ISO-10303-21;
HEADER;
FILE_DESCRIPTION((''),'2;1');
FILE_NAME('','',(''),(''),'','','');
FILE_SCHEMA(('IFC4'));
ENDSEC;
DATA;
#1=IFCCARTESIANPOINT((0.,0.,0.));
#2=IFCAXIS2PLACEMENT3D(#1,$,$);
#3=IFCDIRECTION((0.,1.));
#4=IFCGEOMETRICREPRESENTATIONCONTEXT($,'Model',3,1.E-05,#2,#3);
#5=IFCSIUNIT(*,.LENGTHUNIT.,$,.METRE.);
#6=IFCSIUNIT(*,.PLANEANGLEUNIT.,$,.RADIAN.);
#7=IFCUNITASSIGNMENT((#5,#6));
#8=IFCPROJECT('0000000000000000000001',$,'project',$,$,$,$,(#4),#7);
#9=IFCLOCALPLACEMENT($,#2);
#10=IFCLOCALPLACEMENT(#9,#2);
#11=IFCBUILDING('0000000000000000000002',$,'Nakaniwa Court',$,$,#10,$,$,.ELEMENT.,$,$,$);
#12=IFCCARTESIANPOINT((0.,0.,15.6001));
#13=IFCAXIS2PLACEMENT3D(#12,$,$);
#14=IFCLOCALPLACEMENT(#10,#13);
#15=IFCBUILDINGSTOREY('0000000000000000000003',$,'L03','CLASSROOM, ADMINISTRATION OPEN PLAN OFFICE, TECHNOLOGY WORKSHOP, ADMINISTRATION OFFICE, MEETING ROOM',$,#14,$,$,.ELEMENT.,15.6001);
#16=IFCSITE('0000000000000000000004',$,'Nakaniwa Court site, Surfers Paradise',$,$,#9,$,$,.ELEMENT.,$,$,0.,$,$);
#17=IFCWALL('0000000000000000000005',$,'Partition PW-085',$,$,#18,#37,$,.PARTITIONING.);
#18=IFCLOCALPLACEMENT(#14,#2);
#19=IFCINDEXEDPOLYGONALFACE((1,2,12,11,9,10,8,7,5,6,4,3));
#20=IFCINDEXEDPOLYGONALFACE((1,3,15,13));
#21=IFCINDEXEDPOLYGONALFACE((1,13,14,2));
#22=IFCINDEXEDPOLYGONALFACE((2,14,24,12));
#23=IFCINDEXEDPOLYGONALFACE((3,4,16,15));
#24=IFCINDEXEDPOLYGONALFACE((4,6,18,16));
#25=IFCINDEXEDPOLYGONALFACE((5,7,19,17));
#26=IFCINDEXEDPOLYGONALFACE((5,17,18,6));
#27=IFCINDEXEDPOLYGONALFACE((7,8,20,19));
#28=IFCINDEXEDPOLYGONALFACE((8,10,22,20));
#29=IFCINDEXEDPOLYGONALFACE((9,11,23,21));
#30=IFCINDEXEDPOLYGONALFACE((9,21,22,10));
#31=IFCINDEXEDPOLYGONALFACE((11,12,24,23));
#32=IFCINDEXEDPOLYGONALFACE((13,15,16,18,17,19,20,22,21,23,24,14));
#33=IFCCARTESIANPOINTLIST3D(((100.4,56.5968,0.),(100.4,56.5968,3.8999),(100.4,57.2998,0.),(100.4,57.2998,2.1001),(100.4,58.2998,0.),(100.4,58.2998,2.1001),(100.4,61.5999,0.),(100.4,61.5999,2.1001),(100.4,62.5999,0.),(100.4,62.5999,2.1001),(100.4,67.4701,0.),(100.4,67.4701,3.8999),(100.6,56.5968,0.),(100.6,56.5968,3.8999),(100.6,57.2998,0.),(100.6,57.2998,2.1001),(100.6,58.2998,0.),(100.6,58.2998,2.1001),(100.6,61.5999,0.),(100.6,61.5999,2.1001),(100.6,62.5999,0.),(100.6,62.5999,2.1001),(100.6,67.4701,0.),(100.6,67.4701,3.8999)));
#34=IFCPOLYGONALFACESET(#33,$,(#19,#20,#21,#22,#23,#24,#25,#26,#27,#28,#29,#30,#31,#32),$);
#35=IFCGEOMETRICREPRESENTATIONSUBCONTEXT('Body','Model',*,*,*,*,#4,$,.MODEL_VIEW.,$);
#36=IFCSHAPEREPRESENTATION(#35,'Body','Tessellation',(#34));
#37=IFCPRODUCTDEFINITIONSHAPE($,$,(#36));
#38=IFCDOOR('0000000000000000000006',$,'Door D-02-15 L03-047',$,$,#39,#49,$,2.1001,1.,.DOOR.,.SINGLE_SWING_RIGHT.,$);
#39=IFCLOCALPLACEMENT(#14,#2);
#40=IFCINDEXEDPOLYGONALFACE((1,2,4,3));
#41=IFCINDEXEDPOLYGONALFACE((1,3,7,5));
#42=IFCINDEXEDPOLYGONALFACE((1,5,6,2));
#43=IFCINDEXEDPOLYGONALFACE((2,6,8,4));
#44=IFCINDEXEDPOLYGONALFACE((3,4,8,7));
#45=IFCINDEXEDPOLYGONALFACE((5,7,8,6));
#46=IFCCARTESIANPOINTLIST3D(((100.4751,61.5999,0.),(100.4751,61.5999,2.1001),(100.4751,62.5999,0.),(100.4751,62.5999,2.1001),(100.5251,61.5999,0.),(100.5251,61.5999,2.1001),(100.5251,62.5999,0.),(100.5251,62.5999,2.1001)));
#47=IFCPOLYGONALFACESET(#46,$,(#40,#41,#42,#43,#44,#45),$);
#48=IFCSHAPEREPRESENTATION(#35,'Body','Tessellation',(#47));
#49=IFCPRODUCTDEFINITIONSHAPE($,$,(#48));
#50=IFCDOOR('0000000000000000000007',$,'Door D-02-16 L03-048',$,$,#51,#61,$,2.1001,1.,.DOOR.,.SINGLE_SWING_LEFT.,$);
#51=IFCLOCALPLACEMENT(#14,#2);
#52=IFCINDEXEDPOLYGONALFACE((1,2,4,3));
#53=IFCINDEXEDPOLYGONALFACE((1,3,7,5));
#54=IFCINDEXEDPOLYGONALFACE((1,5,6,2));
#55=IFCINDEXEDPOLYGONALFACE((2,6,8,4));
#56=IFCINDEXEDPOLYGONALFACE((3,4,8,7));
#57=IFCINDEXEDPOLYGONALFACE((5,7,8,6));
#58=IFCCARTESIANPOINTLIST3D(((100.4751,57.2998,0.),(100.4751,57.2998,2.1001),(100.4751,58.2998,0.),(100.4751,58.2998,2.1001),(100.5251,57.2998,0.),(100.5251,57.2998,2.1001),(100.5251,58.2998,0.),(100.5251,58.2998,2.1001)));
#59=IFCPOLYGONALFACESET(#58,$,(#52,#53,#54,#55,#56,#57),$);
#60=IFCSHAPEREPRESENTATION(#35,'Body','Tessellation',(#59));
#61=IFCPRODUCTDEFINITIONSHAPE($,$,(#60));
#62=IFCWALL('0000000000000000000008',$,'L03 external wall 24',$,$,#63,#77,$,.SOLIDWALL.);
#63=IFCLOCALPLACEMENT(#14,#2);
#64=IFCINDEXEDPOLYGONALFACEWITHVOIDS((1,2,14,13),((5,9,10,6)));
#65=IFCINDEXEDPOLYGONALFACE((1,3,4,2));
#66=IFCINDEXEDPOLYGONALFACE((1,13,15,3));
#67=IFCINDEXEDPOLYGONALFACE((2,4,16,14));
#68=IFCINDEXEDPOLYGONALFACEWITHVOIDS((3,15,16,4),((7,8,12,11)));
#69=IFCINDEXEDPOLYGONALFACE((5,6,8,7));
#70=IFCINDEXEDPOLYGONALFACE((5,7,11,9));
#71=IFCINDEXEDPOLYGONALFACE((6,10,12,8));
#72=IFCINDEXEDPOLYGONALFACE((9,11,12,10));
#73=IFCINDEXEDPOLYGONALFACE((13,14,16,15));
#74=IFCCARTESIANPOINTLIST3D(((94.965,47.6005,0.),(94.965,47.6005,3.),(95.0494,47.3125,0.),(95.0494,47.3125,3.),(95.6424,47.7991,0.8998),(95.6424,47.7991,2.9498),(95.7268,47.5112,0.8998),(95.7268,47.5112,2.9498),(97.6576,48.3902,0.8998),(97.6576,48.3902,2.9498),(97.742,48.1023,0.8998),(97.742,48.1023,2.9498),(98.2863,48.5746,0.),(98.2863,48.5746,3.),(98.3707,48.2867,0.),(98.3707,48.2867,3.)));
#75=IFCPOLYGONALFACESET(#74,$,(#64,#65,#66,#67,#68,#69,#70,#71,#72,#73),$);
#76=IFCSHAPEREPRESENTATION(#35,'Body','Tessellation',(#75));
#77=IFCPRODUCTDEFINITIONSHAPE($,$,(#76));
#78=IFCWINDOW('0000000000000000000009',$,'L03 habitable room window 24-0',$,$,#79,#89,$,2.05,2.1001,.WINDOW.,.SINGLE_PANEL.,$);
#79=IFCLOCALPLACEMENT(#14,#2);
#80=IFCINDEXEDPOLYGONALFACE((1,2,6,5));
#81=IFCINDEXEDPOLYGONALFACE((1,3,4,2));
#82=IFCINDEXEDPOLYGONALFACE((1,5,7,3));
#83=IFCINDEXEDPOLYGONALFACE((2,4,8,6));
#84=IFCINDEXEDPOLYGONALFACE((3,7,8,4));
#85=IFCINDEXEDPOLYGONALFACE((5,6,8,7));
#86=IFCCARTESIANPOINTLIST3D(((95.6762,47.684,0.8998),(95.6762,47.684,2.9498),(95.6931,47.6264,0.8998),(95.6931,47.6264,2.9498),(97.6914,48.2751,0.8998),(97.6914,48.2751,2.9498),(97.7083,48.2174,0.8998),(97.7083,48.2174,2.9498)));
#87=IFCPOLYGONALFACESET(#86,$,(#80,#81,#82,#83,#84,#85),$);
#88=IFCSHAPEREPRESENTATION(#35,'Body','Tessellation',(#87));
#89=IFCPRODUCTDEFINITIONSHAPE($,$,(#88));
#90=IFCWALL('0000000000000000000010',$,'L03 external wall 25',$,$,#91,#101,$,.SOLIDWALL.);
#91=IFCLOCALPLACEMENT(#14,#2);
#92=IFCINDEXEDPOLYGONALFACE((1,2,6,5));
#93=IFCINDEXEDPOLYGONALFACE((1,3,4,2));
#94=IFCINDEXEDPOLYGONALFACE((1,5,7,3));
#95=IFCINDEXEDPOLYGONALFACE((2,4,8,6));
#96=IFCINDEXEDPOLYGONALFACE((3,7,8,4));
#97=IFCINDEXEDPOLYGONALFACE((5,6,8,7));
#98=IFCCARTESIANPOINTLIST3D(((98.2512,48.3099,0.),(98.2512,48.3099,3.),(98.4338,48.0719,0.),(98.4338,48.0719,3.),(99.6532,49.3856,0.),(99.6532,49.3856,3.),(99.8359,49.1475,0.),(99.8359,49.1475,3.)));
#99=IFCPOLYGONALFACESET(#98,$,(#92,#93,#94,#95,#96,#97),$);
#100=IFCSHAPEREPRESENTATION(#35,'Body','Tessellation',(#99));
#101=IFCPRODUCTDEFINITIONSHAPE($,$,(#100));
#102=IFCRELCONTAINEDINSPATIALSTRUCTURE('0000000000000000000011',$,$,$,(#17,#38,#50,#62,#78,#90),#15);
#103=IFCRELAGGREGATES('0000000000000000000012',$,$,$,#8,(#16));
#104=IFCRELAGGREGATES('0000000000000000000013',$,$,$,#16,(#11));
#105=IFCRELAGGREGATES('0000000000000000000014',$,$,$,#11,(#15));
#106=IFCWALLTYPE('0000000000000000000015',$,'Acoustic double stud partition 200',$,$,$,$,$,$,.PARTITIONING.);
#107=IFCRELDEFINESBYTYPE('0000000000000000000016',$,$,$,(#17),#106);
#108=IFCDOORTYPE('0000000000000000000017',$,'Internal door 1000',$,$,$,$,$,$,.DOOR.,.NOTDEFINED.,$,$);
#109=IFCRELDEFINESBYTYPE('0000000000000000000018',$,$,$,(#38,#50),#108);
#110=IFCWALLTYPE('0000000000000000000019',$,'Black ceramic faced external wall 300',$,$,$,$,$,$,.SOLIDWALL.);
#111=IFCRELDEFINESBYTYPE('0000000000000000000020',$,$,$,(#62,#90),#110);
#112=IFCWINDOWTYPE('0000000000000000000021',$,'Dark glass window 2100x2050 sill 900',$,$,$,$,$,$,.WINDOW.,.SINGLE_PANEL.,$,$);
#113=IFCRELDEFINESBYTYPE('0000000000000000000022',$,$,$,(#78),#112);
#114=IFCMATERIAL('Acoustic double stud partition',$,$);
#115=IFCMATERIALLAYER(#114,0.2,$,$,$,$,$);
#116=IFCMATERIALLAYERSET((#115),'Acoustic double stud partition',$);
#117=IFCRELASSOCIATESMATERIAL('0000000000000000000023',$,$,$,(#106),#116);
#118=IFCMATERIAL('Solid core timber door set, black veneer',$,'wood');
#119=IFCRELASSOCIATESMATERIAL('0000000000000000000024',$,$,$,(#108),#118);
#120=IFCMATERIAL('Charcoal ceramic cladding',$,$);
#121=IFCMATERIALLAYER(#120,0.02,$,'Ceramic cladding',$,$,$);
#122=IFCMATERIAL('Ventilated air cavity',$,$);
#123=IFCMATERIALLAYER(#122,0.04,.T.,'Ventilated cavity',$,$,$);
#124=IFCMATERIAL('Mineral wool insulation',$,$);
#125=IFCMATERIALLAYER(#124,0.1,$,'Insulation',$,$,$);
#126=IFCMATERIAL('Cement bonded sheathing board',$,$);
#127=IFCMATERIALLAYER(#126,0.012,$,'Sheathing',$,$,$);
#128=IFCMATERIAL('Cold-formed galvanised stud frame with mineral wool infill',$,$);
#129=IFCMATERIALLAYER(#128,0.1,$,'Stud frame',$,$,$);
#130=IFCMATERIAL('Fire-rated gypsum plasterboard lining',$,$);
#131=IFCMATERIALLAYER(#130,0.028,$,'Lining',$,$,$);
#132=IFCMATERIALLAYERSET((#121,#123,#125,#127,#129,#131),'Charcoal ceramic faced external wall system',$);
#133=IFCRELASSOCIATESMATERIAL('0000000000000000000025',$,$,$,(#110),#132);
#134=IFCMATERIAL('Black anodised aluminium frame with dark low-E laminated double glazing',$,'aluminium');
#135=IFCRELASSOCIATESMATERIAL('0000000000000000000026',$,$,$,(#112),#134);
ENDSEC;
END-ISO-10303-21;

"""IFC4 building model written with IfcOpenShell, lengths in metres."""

from ifc_helpers import new_model, si_unit, direction, frame, frame_2d, origin, place, context, subcontext, project, spatial, rectangle, extrude, material, layer, layer_set, type_object, element, fill, save


model = new_model("IFC4")

# Units and contexts
model_context = context("Model", 3, precision=1e-05, world=origin(), true_north=direction((0.0, 1.0)))
body_context = subcontext(model_context, "Body", "Model", "MODEL_VIEW")
ifc_project = project(units=[si_unit("LENGTHUNIT", "METRE"), si_unit("PLANEANGLEUNIT", "RADIAN")], contexts=[model_context])

# Site, building, storey
site_placement = place(None, origin())
site = spatial("IfcSite", under=ifc_project, at=site_placement, Name="Nakaniwa Court site, Surfers Paradise", CompositionType="ELEMENT", RefElevation=0.0)
building_placement = place(site_placement, origin())
building = spatial("IfcBuilding", under=site, at=building_placement, Name="Nakaniwa Court", CompositionType="ELEMENT")
storey_placement = place(building_placement, frame((0.0, 0.0, 15.6001)))
storey = spatial("IfcBuildingStorey", under=building, at=storey_placement, Name="L03", Description="CLASSROOM, ADMINISTRATION OPEN PLAN OFFICE, TECHNOLOGY WORKSHOP, ADMINISTRATION OFFICE, MEETING ROOM", CompositionType="ELEMENT", Elevation=15.6001)

# Shared definitions
ifc_material_1 = material(Name="Black anodised aluminium frame with dark low-E laminated double glazing", Category="aluminium")

# Wall, openings, doors
ifc_material_2 = material(Name="Acoustic double stud partition")
ifc_layer_1 = layer(ifc_material_2, 0.2)
ifc_layer_set_1 = layer_set([ifc_layer_1], Name="Acoustic double stud partition")
wall_type_1 = type_object("IfcWallType", Name="Acoustic double stud partition 200", PredefinedType="PARTITIONING", material=ifc_layer_set_1)
wall_1_placement = place(storey_placement, frame((100.5, 56.5969, 0.0), z_axis=(0.0, 0.0, 1.0), x_axis=(0.0, 1.0, 0.0)))
wall_1 = element("IfcWall", 1, at=wall_1_placement, inside=storey, type_object=wall_type_1, Name="Partition PW-085", PredefinedType="PARTITIONING", context=body_context, shape_type="SweptSolid", body=[
    extrude(rectangle(XDim=10.8733, YDim=0.2, at=frame_2d((5.4365, 0.0))), origin(), (0.0, 0.0, 1.0), 3.8999),
])
opening_1_placement = place(wall_1_placement, frame((5.0029, 0.0, 0.0)))
opening_1 = element("IfcOpeningElement", 2, at=opening_1_placement, cuts=wall_1, PredefinedType="OPENING", context=body_context, shape_type="SweptSolid", body=[
    extrude(rectangle(XDim=1.0, YDim=2.1001, at=frame_2d((0.5, 1.05))), frame((0.0, 0.1099, 0.0), z_axis=(0.0, -1.0, 0.0), x_axis=(1.0, 0.0, 0.0)), (0.0, 0.0, 1.0), 0.22),
])
opening_2_placement = place(wall_1_placement, frame((0.7029, 0.0, 0.0)))
opening_2 = element("IfcOpeningElement", 3, at=opening_2_placement, cuts=wall_1, PredefinedType="OPENING", context=body_context, shape_type="SweptSolid", body=[
    extrude(rectangle(XDim=1.0, YDim=2.1001, at=frame_2d((0.5, 1.05))), frame((0.0, 0.1099, 0.0), z_axis=(0.0, -1.0, 0.0), x_axis=(1.0, 0.0, 0.0)), (0.0, 0.0, 1.0), 0.22),
])
ifc_material_3 = material(Name="Solid core timber door set, black veneer", Category="wood")
door_type = type_object("IfcDoorType", Name="Internal door 1000", OperationType="NOTDEFINED", PredefinedType="DOOR", material=ifc_material_3)
door_1_placement = place(opening_1_placement, origin())
door_1 = element("IfcDoor", 4, at=door_1_placement, inside=storey, type_object=door_type, Name="Door D-02-15 L03-047", OperationType="SINGLE_SWING_RIGHT", OverallHeight=2.1001, OverallWidth=1.0, PredefinedType="DOOR", context=body_context, shape_type="SweptSolid", body=[
    extrude(rectangle(XDim=1.0, YDim=2.1001, at=frame_2d((0.5, 1.05))), frame((0.0, 0.0249, 0.0), z_axis=(0.0, -1.0, 0.0), x_axis=(1.0, 0.0, 0.0)), (0.0, 0.0, 1.0), 0.05),
])
fill(opening_1, door_1)
door_2_placement = place(opening_2_placement, origin())
door_2 = element("IfcDoor", 5, at=door_2_placement, inside=storey, type_object=door_type, Name="Door D-02-16 L03-048", OperationType="SINGLE_SWING_LEFT", OverallHeight=2.1001, OverallWidth=1.0, PredefinedType="DOOR", context=body_context, shape_type="SweptSolid", body=[
    extrude(rectangle(XDim=1.0, YDim=2.1001, at=frame_2d((0.5, 1.05))), frame((0.0, 0.0249, 0.0), z_axis=(0.0, -1.0, 0.0), x_axis=(1.0, 0.0, 0.0)), (0.0, 0.0, 1.0), 0.05),
])
fill(opening_2, door_2)

# Wall, opening, window
ifc_material_4 = material(Name="Charcoal ceramic cladding")
ifc_layer_2 = layer(ifc_material_4, 0.02, Name="Ceramic cladding")
ifc_material_5 = material(Name="Ventilated air cavity")
ifc_layer_3 = layer(ifc_material_5, 0.04, ventilated=True, Name="Ventilated cavity")
ifc_material_6 = material(Name="Mineral wool insulation")
ifc_layer_4 = layer(ifc_material_6, 0.1, Name="Insulation")
ifc_material_7 = material(Name="Cement bonded sheathing board")
ifc_layer_5 = layer(ifc_material_7, 0.012, Name="Sheathing")
ifc_material_8 = material(Name="Cold-formed galvanised stud frame with mineral wool infill")
ifc_layer_6 = layer(ifc_material_8, 0.1, Name="Stud frame")
ifc_material_9 = material(Name="Fire-rated gypsum plasterboard lining")
ifc_layer_7 = layer(ifc_material_9, 0.028, Name="Lining")
ifc_layer_set_2 = layer_set([ifc_layer_2, ifc_layer_3, ifc_layer_4, ifc_layer_5, ifc_layer_6, ifc_layer_7], Name="Charcoal ceramic faced external wall system")
wall_type_2 = type_object("IfcWallType", Name="Black ceramic faced external wall 300", PredefinedType="SOLIDWALL", material=ifc_layer_set_2)
wall_2_placement = place(storey_placement, frame((95.0073, 47.4565, 0.0), z_axis=(0.0, 0.0, 1.0), x_axis=(0.959579, 0.281441, 0.0)))
wall_2 = element("IfcWall", 6, at=wall_2_placement, inside=storey, type_object=wall_type_2, Name="L03 external wall 24", PredefinedType="SOLIDWALL", context=body_context, shape_type="SweptSolid", body=[
    extrude(rectangle(XDim=3.4612, YDim=0.3, at=frame_2d((1.7305, 0.0))), origin(), (0.0, 0.0, 1.0), 3.0),
])
opening_3_placement = place(wall_2_placement, frame((0.7058, 0.0, 0.8999)))
opening_3 = element("IfcOpeningElement", 7, at=opening_3_placement, cuts=wall_2, PredefinedType="OPENING", context=body_context, shape_type="SweptSolid", body=[
    extrude(rectangle(XDim=2.1001, YDim=2.05, at=frame_2d((1.05, 1.0249))), frame((0.0, 0.1599, 0.0), z_axis=(0.0, -1.0, 0.0), x_axis=(1.0, 0.0, 0.0)), (0.0, 0.0, 1.0), 0.3201),
])
window_type = type_object("IfcWindowType", Name="Dark glass window 2100x2050 sill 900", PartitioningType="SINGLE_PANEL", PredefinedType="WINDOW", material=ifc_material_1)
window_placement = place(opening_3_placement, origin())
window = element("IfcWindow", 8, at=window_placement, inside=storey, type_object=window_type, Name="L03 habitable room window 24-0", OverallHeight=2.05, OverallWidth=2.1001, PartitioningType="SINGLE_PANEL", PredefinedType="WINDOW", context=body_context, shape_type="SweptSolid", body=[
    extrude(rectangle(XDim=2.1001, YDim=2.05, at=frame_2d((1.05, 1.0249))), frame((0.0, 0.03, 0.0), z_axis=(0.0, -1.0, 0.0), x_axis=(1.0, 0.0, 0.0)), (0.0, 0.0, 1.0), 0.0601),
])
fill(opening_3, window)

# Wall
wall_3_placement = place(storey_placement, frame((98.3425, 48.1909, 0.0), z_axis=(0.0, 0.0, 1.0), x_axis=(0.793404, 0.608695, 0.0)))
element("IfcWall", 9, at=wall_3_placement, inside=storey, type_object=wall_type_2, Name="L03 external wall 25", PredefinedType="SOLIDWALL", context=body_context, shape_type="SweptSolid", body=[
    extrude(rectangle(XDim=1.7671, YDim=0.3, at=frame_2d((0.8835, 0.0))), origin(), (0.0, 0.0, 1.0), 3.0),
])

save(model, "model.ifc")
